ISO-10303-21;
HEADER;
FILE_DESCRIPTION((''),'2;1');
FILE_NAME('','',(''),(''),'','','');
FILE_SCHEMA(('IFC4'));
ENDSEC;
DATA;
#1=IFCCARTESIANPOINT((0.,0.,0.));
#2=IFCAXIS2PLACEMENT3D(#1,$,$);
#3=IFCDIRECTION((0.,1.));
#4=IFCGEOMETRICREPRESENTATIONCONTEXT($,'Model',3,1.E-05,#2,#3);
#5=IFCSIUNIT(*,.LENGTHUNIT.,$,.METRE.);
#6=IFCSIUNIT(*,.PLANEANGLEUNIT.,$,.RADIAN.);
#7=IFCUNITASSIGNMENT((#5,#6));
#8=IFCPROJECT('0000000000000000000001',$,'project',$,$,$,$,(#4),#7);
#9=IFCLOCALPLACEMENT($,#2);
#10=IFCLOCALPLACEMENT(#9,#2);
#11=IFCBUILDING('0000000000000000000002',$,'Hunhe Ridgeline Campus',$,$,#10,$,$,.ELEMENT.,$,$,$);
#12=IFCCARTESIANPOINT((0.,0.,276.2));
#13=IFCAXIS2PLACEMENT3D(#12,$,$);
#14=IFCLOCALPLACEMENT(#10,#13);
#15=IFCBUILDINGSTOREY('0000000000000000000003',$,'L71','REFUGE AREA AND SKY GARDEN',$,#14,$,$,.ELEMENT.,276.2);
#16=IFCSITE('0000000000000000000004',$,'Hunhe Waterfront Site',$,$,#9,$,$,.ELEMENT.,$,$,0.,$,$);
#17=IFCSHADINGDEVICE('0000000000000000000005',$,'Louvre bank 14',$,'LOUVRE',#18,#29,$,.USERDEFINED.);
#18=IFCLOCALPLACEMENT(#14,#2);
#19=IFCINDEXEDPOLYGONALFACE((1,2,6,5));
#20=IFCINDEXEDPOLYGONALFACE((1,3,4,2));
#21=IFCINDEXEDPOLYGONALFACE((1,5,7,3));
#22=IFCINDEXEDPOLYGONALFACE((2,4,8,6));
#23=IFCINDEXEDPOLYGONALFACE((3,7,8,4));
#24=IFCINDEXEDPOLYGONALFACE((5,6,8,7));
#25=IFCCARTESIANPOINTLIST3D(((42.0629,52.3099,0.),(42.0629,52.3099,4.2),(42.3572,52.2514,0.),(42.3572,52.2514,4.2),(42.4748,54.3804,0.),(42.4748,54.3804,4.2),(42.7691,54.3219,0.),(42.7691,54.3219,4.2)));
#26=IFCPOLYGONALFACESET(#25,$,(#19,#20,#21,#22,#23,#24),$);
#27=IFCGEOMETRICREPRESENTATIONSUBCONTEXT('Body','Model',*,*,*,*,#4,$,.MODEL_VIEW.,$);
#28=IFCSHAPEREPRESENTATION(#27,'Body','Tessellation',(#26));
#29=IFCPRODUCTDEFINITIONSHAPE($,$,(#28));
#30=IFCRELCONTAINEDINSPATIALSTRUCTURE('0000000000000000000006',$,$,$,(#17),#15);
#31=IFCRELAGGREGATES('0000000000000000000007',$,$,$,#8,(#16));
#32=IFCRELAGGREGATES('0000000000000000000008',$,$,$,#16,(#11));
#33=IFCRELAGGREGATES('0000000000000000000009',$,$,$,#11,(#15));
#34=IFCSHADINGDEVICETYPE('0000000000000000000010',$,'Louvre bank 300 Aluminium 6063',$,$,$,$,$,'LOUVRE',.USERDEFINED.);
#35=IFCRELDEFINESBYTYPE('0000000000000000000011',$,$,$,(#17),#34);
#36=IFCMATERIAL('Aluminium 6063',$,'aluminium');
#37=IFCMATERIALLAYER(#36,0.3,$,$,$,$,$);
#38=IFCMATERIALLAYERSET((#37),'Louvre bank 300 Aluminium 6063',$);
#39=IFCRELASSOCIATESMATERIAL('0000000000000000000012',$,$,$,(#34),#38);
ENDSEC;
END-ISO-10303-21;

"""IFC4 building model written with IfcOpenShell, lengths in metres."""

from ifc_helpers import new_model, si_unit, direction, frame, origin, origin_2d, place, context, subcontext, project, spatial, rectangle, extrude, material, layer, layer_set, type_object, element, save


model = new_model("IFC4")

# Units and contexts
model_context = context("Model", 3, precision=1e-05, world=origin(), true_north=direction((0.0, 1.0)))
body_context = subcontext(model_context, "Body", "Model", "MODEL_VIEW")
ifc_project = project(units=[si_unit("LENGTHUNIT", "METRE"), si_unit("PLANEANGLEUNIT", "RADIAN")], contexts=[model_context])

# Site, building, storey
site_placement = place(None, origin())
site = spatial("IfcSite", under=ifc_project, at=site_placement, Name="Hunhe Waterfront Site", CompositionType="ELEMENT", RefElevation=0.0)
building_placement = place(site_placement, origin())
building = spatial("IfcBuilding", under=site, at=building_placement, Name="Hunhe Ridgeline Campus", CompositionType="ELEMENT")
storey_placement = place(building_placement, frame((0.0, 0.0, 276.2)))
storey = spatial("IfcBuildingStorey", under=building, at=storey_placement, Name="L71", Description="REFUGE AREA AND SKY GARDEN", CompositionType="ELEMENT", Elevation=276.2)

# Shared definitions
ifc_material_1 = material(Name="Aluminium 6063", Category="aluminium")

# Shading device
ifc_layer_1 = layer(ifc_material_1, 0.3)
ifc_layer_set_1 = layer_set([ifc_layer_1], Name="Louvre bank 300 Aluminium 6063")
shading_device_type = type_object("IfcShadingDeviceType", Name="Louvre bank 300 Aluminium 6063", ElementType="LOUVRE", PredefinedType="USERDEFINED", material=ifc_layer_set_1)
shading_device_1_placement = place(storey_placement, frame((42.416, 53.3159, 0.0), z_axis=(0.0, 0.0, 1.0), x_axis=(0.195104, 0.980783, 0.0)))
element("IfcShadingDevice", 1, at=shading_device_1_placement, inside=storey, type_object=shading_device_type, Name="Louvre bank 14", ObjectType="LOUVRE", PredefinedType="USERDEFINED", context=body_context, shape_type="SweptSolid", body=[
    extrude(rectangle(XDim=2.1111, YDim=0.3, at=origin_2d()), origin(), (0.0, 0.0, 1.0), 4.2),
])

save(model, "model.ifc")
